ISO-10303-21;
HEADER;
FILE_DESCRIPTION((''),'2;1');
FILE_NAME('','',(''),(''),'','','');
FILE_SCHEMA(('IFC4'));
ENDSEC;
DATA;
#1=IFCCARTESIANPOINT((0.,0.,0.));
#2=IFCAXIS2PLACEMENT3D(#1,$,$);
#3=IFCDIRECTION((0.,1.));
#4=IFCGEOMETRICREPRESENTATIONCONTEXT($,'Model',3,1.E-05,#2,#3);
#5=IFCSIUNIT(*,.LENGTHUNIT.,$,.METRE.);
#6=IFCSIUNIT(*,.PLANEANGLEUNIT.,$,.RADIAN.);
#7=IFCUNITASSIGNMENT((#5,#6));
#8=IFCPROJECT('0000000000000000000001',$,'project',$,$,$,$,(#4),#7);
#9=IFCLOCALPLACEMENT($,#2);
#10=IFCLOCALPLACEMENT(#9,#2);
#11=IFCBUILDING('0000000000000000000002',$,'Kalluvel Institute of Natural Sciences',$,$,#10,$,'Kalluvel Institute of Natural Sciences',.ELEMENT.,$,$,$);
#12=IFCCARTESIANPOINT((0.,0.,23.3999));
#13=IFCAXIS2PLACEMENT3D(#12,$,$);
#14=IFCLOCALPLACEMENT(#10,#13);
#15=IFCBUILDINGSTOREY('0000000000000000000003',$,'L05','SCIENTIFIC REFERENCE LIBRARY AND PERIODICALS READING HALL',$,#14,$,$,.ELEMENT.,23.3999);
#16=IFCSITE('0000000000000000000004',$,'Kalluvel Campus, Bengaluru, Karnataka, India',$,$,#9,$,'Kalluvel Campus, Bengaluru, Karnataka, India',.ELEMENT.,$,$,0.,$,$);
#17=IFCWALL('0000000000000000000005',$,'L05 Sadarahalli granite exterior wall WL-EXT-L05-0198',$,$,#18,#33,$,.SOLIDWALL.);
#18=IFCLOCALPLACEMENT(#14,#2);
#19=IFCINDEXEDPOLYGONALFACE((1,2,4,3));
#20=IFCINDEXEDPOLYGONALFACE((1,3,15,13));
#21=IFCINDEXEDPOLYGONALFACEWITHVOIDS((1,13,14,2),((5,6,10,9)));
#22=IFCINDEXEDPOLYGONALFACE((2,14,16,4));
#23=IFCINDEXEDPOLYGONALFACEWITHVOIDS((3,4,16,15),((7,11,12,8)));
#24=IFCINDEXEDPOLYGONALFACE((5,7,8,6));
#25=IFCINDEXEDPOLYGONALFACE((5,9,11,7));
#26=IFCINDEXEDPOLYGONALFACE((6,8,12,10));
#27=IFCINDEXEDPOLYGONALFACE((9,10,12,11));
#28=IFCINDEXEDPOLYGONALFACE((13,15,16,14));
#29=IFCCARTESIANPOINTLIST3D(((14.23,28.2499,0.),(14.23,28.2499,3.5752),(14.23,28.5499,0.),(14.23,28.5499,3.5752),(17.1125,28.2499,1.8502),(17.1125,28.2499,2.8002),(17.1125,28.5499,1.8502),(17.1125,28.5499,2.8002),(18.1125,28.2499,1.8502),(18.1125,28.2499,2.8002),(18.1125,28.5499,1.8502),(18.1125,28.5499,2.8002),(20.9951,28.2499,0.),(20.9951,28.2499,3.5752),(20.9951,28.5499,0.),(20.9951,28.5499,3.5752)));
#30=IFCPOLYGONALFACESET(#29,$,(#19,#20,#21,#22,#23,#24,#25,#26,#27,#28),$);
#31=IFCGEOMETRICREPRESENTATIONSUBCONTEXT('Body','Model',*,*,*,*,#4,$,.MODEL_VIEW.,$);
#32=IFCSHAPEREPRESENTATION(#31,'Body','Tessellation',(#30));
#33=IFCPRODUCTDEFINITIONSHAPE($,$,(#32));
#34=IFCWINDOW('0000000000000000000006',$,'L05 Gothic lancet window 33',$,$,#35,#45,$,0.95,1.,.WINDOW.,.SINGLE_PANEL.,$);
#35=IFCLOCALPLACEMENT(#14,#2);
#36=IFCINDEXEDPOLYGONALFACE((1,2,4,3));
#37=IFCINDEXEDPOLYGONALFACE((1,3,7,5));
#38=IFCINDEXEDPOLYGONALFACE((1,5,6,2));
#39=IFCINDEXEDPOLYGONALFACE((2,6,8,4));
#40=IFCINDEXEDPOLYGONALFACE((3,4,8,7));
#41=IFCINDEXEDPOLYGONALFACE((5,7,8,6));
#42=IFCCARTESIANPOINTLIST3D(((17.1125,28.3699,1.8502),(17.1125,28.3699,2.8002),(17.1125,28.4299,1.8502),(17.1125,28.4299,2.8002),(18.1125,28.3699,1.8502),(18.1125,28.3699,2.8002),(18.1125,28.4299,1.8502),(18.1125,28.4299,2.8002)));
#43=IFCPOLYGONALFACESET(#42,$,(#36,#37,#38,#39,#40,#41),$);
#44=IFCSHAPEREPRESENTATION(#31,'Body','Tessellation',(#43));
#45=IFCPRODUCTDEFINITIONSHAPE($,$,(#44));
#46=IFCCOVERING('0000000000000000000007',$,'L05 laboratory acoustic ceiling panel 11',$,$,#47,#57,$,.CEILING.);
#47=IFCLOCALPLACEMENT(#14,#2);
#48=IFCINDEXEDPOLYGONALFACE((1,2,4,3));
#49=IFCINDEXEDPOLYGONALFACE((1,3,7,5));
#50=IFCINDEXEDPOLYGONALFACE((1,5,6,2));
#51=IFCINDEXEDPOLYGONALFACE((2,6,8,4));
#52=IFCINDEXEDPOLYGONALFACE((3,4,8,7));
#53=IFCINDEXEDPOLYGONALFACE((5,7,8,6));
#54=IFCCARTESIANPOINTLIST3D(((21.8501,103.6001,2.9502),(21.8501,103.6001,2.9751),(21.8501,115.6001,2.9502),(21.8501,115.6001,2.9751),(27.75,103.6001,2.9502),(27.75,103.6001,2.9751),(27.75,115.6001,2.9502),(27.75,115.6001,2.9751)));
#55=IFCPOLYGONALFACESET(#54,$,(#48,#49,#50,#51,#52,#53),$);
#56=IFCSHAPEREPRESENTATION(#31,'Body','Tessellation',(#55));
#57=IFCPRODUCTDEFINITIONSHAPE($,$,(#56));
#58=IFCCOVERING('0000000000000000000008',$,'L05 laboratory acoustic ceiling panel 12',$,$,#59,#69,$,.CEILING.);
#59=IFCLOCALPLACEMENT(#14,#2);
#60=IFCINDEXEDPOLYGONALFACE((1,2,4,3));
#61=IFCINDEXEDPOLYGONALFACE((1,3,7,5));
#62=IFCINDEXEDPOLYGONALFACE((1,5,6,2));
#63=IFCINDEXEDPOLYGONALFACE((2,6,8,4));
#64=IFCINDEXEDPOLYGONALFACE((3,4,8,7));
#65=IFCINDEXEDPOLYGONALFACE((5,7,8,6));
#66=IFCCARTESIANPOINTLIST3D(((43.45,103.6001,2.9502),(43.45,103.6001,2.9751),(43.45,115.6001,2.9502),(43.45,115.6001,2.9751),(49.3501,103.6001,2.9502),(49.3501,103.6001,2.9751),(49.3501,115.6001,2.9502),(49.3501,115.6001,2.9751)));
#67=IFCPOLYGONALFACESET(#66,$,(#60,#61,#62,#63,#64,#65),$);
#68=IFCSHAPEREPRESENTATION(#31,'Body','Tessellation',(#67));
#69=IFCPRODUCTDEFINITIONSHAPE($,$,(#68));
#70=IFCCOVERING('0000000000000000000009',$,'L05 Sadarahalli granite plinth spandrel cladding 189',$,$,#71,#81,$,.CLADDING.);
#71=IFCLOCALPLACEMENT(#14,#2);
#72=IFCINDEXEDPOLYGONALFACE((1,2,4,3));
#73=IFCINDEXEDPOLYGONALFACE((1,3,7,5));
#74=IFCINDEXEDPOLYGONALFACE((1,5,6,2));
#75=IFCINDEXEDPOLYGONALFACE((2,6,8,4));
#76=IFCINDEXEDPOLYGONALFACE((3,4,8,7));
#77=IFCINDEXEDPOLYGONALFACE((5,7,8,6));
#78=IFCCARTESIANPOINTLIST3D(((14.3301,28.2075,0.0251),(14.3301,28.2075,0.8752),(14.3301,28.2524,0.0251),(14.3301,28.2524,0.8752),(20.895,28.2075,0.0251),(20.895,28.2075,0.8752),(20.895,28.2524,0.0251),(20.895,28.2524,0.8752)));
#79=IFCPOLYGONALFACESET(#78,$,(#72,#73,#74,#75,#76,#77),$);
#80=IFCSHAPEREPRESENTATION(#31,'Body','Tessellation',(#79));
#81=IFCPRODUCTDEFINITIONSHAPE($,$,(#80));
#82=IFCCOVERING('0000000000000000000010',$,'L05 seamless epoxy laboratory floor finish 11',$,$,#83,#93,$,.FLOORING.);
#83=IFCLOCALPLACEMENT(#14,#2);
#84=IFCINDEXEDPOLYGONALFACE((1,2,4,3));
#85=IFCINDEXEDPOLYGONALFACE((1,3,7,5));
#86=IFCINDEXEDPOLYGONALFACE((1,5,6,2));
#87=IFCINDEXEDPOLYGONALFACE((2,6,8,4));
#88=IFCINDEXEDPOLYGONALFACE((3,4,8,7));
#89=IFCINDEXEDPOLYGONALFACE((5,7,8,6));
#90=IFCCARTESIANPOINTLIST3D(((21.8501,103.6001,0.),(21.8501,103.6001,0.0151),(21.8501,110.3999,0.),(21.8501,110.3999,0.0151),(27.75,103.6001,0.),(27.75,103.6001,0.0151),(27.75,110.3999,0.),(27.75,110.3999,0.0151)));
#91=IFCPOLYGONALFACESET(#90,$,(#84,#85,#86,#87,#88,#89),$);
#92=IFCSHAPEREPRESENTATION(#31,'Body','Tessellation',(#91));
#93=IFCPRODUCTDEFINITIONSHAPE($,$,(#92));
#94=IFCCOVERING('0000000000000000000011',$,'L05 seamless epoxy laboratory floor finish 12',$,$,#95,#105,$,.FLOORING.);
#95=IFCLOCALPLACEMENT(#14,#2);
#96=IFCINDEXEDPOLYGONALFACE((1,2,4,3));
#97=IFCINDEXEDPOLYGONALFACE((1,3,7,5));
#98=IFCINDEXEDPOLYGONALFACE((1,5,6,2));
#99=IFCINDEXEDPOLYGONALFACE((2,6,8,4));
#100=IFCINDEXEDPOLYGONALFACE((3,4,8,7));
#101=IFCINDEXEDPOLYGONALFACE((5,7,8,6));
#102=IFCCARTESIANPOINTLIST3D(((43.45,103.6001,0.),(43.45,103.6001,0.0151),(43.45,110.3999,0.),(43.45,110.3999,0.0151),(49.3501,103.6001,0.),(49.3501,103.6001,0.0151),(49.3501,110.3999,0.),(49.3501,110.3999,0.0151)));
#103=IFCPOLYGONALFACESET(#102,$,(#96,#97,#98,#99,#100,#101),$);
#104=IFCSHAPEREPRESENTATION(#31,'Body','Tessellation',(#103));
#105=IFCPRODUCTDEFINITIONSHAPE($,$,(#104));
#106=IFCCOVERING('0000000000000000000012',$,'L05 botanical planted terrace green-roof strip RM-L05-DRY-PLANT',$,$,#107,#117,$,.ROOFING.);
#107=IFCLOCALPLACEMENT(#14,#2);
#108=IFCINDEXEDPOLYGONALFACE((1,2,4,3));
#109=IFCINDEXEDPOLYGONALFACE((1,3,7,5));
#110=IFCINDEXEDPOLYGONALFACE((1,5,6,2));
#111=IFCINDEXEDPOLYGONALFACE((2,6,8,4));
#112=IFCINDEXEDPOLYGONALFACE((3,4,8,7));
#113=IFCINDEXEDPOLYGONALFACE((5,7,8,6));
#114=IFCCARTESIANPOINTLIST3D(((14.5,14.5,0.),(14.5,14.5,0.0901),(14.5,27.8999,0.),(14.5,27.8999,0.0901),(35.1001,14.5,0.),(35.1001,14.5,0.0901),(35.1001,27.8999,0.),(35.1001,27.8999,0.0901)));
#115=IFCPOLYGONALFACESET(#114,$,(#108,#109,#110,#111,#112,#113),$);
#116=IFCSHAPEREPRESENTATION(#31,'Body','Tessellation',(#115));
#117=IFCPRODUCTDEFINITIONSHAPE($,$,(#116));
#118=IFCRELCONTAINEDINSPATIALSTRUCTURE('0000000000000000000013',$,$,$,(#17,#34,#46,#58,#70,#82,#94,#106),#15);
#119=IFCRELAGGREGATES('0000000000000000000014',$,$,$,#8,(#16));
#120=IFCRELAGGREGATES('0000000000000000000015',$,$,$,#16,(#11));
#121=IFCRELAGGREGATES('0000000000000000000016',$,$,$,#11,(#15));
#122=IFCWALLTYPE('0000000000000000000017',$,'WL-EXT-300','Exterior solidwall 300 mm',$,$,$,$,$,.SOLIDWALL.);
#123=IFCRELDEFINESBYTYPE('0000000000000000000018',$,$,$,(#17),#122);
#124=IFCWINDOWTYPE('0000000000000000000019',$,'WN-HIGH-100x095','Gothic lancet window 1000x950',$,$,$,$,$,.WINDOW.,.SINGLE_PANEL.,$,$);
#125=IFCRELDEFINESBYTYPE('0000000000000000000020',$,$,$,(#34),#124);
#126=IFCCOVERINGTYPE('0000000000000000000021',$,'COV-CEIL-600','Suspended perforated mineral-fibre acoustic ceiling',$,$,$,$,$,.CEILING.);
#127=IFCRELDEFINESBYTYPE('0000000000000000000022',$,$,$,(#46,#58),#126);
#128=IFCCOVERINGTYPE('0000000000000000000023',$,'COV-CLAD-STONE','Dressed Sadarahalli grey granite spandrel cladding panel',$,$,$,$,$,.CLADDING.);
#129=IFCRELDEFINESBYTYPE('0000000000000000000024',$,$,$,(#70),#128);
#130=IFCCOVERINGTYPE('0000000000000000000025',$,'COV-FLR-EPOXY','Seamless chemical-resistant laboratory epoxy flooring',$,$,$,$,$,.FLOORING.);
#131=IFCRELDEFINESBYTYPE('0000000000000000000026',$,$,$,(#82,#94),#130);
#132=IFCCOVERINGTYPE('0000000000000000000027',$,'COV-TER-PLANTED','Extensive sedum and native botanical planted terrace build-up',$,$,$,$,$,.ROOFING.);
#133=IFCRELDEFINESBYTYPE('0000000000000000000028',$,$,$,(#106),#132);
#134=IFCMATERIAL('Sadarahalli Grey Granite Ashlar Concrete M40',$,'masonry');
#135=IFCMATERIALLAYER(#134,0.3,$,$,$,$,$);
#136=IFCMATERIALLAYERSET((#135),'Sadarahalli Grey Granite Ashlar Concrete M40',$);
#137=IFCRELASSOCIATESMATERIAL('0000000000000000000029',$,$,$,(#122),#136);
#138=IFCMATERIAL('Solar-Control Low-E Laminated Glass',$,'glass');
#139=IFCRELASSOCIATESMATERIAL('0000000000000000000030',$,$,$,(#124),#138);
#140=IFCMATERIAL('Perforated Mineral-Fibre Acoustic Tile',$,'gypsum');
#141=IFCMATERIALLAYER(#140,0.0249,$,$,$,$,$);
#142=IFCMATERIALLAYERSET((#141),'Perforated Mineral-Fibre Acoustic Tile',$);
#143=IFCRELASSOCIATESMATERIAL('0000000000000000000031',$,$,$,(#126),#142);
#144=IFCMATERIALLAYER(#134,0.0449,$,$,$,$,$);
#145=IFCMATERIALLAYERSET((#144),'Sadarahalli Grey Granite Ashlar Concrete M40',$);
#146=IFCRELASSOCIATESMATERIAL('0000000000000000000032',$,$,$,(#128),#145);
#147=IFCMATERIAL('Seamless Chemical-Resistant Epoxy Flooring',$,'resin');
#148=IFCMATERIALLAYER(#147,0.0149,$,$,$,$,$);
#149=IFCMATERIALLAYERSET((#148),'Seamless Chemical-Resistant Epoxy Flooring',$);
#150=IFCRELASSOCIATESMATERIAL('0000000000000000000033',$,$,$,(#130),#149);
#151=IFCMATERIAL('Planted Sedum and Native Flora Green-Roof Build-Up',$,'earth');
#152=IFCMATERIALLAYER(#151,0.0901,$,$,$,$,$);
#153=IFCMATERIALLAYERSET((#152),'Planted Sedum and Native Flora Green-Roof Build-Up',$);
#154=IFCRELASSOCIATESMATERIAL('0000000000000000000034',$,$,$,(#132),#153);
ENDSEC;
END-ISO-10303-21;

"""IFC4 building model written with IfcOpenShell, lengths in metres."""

from ifc_helpers import new_model, si_unit, direction, frame, frame_2d, origin, origin_2d, place, context, subcontext, project, spatial, polyline, rectangle, outline, extrude, material, layer, layer_set, type_object, element, fill, save


model = new_model("IFC4")

# Units and contexts
model_context = context("Model", 3, precision=1e-05, world=origin(), true_north=direction((0.0, 1.0)))
body_context = subcontext(model_context, "Body", "Model", "MODEL_VIEW")
ifc_project = project(units=[si_unit("LENGTHUNIT", "METRE"), si_unit("PLANEANGLEUNIT", "RADIAN")], contexts=[model_context])

# Site, building, storey
site_placement = place(None, origin())
site = spatial("IfcSite", under=ifc_project, at=site_placement, Name="Kalluvel Campus, Bengaluru, Karnataka, India", LongName="Kalluvel Campus, Bengaluru, Karnataka, India", CompositionType="ELEMENT", RefElevation=0.0)
building_placement = place(site_placement, origin())
building = spatial("IfcBuilding", under=site, at=building_placement, Name="Kalluvel Institute of Natural Sciences", LongName="Kalluvel Institute of Natural Sciences", CompositionType="ELEMENT")
storey_placement = place(building_placement, frame((0.0, 0.0, 23.3999)))
storey = spatial("IfcBuildingStorey", under=building, at=storey_placement, Name="L05", Description="SCIENTIFIC REFERENCE LIBRARY AND PERIODICALS READING HALL", CompositionType="ELEMENT", Elevation=23.3999)

# Wall, opening, window
ifc_material_1 = material(Name="Sadarahalli Grey Granite Ashlar Concrete M40", Category="masonry")
ifc_layer_1 = layer(ifc_material_1, 0.3)
ifc_layer_set_1 = layer_set([ifc_layer_1], Name="Sadarahalli Grey Granite Ashlar Concrete M40")
wall_type = type_object("IfcWallType", Name="WL-EXT-300", Description="Exterior solidwall 300 mm", PredefinedType="SOLIDWALL", material=ifc_layer_set_1)
wall_placement = place(storey_placement, frame((14.23, 28.3999, 0.0), z_axis=(0.0, 0.0, 1.0), x_axis=(1.0, 0.0, 0.0)))
wall = element("IfcWall", 1, at=wall_placement, inside=storey, type_object=wall_type, Name="L05 Sadarahalli granite exterior wall WL-EXT-L05-0198", PredefinedType="SOLIDWALL", context=body_context, shape_type="SweptSolid", body=[
    extrude(rectangle(XDim=6.7651, YDim=0.3, at=frame_2d((3.3826, 0.0))), origin(), (0.0, 0.0, 1.0), 3.5752),
])
opening_placement = place(wall_placement, frame((2.8826, 0.0, 1.8501)))
opening = element("IfcOpeningElement", 2, at=opening_placement, cuts=wall, PredefinedType="OPENING", context=body_context, shape_type="SweptSolid", body=[
    extrude(rectangle(XDim=1.0, YDim=0.95, at=frame_2d((0.5, 0.4751))), frame((0.0, 0.1599, 0.0), z_axis=(0.0, -1.0, 0.0), x_axis=(1.0, 0.0, 0.0)), (0.0, 0.0, 1.0), 0.3201),
])
ifc_material_2 = material(Name="Solar-Control Low-E Laminated Glass", Category="glass")
window_type = type_object("IfcWindowType", Name="WN-HIGH-100x095", Description="Gothic lancet window 1000x950", PartitioningType="SINGLE_PANEL", PredefinedType="WINDOW", material=ifc_material_2)
window_placement = place(opening_placement, origin())
window = element("IfcWindow", 3, at=window_placement, inside=storey, type_object=window_type, Name="L05 Gothic lancet window 33", OverallHeight=0.95, OverallWidth=1.0, PartitioningType="SINGLE_PANEL", PredefinedType="WINDOW", context=body_context, shape_type="SweptSolid", body=[
    extrude(rectangle(XDim=1.0, YDim=0.95, at=frame_2d((0.5, 0.4751))), frame((0.0, 0.03, 0.0), z_axis=(0.0, -1.0, 0.0), x_axis=(1.0, 0.0, 0.0)), (0.0, 0.0, 1.0), 0.0601),
])
fill(opening, window)

# Coverings
ifc_material_3 = material(Name="Perforated Mineral-Fibre Acoustic Tile", Category="gypsum")
ifc_layer_2 = layer(ifc_material_3, 0.0249)
ifc_layer_set_2 = layer_set([ifc_layer_2], Name="Perforated Mineral-Fibre Acoustic Tile")
covering_type_1 = type_object("IfcCoveringType", Name="COV-CEIL-600", Description="Suspended perforated mineral-fibre acoustic ceiling", PredefinedType="CEILING", material=ifc_layer_set_2)
covering_1_placement = place(storey_placement, frame((0.0, 0.0, 2.9502)))
element("IfcCovering", 4, at=covering_1_placement, inside=storey, type_object=covering_type_1, Name="L05 laboratory acoustic ceiling panel 11", PredefinedType="CEILING", context=body_context, shape_type="SweptSolid", body=[
    extrude(outline(polyline([(21.8501, 103.6001), (27.75, 103.6001), (27.75, 115.6001), (21.8501, 115.6001), (21.8501, 103.6001)])), origin(), (0.0, 0.0, 1.0), 0.0249),
])
covering_2_placement = place(storey_placement, frame((0.0, 0.0, 2.9502)))
element("IfcCovering", 5, at=covering_2_placement, inside=storey, type_object=covering_type_1, Name="L05 laboratory acoustic ceiling panel 12", PredefinedType="CEILING", context=body_context, shape_type="SweptSolid", body=[
    extrude(outline(polyline([(43.45, 103.6001), (49.3501, 103.6001), (49.3501, 115.6001), (43.45, 115.6001), (43.45, 103.6001)])), origin(), (0.0, 0.0, 1.0), 0.0249),
])
ifc_layer_3 = layer(ifc_material_1, 0.0449)
ifc_layer_set_3 = layer_set([ifc_layer_3], Name="Sadarahalli Grey Granite Ashlar Concrete M40")
covering_type_2 = type_object("IfcCoveringType", Name="COV-CLAD-STONE", Description="Dressed Sadarahalli grey granite spandrel cladding panel", PredefinedType="CLADDING", material=ifc_layer_set_3)
covering_3_placement = place(storey_placement, frame((17.6125, 28.23, 0.0251), z_axis=(0.0, 0.0, 1.0), x_axis=(1.0, 0.0, 0.0)))
element("IfcCovering", 6, at=covering_3_placement, inside=storey, type_object=covering_type_2, Name="L05 Sadarahalli granite plinth spandrel cladding 189", PredefinedType="CLADDING", context=body_context, shape_type="SweptSolid", body=[
    extrude(rectangle(XDim=6.5649, YDim=0.0449, at=origin_2d()), origin(), (0.0, 0.0, 1.0), 0.8501),
])
ifc_material_4 = material(Name="Seamless Chemical-Resistant Epoxy Flooring", Category="resin")
ifc_layer_4 = layer(ifc_material_4, 0.0149)
ifc_layer_set_4 = layer_set([ifc_layer_4], Name="Seamless Chemical-Resistant Epoxy Flooring")
covering_type_3 = type_object("IfcCoveringType", Name="COV-FLR-EPOXY", Description="Seamless chemical-resistant laboratory epoxy flooring", PredefinedType="FLOORING", material=ifc_layer_set_4)
covering_4_placement = place(storey_placement, origin())
element("IfcCovering", 7, at=covering_4_placement, inside=storey, type_object=covering_type_3, Name="L05 seamless epoxy laboratory floor finish 11", PredefinedType="FLOORING", context=body_context, shape_type="SweptSolid", body=[
    extrude(outline(polyline([(21.8501, 103.6001), (27.75, 103.6001), (27.75, 110.3999), (21.8501, 110.3999), (21.8501, 103.6001)])), origin(), (0.0, 0.0, 1.0), 0.0151),
])
covering_5_placement = place(storey_placement, origin())
element("IfcCovering", 8, at=covering_5_placement, inside=storey, type_object=covering_type_3, Name="L05 seamless epoxy laboratory floor finish 12", PredefinedType="FLOORING", context=body_context, shape_type="SweptSolid", body=[
    extrude(outline(polyline([(43.45, 103.6001), (49.3501, 103.6001), (49.3501, 110.3999), (43.45, 110.3999), (43.45, 103.6001)])), origin(), (0.0, 0.0, 1.0), 0.0151),
])
ifc_material_5 = material(Name="Planted Sedum and Native Flora Green-Roof Build-Up", Category="earth")
ifc_layer_5 = layer(ifc_material_5, 0.0901)
ifc_layer_set_5 = layer_set([ifc_layer_5], Name="Planted Sedum and Native Flora Green-Roof Build-Up")
covering_type_4 = type_object("IfcCoveringType", Name="COV-TER-PLANTED", Description="Extensive sedum and native botanical planted terrace build-up", PredefinedType="ROOFING", material=ifc_layer_set_5)
covering_6_placement = place(storey_placement, origin())
element("IfcCovering", 9, at=covering_6_placement, inside=storey, type_object=covering_type_4, Name="L05 botanical planted terrace green-roof strip RM-L05-DRY-PLANT", PredefinedType="ROOFING", context=body_context, shape_type="SweptSolid", body=[
    extrude(outline(polyline([(14.5, 14.5), (35.1001, 14.5), (35.1001, 27.8999), (14.5, 27.8999), (14.5, 14.5)])), origin(), (0.0, 0.0, 1.0), 0.0901),
])

save(model, "model.ifc")
